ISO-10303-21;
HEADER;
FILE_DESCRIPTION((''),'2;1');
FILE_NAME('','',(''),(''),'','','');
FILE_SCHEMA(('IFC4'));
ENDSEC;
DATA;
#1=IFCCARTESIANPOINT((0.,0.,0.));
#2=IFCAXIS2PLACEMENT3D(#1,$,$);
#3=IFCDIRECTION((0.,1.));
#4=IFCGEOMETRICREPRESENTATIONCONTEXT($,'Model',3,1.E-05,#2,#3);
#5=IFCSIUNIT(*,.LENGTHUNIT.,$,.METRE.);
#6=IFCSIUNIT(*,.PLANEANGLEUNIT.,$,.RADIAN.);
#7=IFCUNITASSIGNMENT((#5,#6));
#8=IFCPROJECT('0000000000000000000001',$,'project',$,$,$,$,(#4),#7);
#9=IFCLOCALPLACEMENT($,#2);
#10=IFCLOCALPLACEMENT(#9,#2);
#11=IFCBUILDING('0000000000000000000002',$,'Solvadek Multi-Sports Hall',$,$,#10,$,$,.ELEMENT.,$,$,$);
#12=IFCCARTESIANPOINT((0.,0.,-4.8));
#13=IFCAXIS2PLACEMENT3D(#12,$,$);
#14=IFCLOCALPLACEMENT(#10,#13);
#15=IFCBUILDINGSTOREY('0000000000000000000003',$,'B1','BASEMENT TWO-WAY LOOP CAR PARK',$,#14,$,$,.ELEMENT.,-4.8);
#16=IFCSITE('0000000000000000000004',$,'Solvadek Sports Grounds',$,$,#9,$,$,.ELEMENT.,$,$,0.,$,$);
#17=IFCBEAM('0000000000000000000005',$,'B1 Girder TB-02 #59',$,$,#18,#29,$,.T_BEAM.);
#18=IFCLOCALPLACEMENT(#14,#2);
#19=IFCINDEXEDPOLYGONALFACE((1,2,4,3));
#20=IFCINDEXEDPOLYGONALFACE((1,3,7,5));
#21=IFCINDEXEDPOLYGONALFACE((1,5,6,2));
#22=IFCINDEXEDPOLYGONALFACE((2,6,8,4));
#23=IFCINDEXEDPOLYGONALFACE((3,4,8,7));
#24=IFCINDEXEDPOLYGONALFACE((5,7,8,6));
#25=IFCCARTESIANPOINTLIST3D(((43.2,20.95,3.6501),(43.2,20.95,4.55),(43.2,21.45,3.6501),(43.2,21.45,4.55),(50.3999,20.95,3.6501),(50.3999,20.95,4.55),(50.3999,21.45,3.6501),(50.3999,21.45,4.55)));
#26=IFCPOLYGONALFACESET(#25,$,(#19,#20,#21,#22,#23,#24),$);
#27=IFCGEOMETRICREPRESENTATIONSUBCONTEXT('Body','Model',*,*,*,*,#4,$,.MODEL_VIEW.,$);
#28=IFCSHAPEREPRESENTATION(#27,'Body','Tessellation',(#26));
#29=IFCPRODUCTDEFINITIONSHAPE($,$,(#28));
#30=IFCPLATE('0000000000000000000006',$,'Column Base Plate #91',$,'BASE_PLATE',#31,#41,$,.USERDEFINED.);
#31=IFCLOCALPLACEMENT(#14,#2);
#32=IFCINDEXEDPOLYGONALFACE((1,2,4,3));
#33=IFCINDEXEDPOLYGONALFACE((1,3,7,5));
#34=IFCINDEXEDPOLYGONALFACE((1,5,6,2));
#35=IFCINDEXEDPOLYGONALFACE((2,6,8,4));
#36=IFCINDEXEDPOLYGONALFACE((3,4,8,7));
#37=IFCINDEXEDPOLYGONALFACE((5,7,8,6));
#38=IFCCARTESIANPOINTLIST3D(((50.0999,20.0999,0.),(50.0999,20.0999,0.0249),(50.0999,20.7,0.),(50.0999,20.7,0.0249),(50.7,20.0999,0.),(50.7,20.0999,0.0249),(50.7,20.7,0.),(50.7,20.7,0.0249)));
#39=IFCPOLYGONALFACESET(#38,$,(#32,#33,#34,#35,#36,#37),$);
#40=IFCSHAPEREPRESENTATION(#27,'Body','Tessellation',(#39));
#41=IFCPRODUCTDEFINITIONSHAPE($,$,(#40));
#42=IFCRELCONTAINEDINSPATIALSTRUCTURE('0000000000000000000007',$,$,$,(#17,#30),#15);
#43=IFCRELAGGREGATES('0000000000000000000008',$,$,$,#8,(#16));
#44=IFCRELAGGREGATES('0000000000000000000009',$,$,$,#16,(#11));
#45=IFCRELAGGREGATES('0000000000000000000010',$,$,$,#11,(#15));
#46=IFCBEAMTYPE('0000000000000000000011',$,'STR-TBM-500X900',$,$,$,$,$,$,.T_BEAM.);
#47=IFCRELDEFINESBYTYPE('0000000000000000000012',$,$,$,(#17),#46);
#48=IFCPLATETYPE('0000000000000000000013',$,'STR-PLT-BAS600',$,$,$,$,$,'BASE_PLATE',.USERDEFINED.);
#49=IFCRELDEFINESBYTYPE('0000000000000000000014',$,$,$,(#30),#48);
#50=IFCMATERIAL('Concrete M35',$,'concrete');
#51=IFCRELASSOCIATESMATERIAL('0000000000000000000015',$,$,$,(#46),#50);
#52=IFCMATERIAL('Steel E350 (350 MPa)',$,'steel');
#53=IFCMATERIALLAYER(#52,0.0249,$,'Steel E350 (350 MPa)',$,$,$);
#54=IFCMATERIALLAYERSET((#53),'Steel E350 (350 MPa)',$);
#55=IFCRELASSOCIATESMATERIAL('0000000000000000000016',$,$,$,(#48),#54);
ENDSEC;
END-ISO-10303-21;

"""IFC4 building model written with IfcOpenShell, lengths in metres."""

from ifc_helpers import new_model, si_unit, direction, frame, origin, origin_2d, place, context, subcontext, project, spatial, rectangle, extrude, material, layer, layer_set, material_profile, profile_set, type_object, element, save


model = new_model("IFC4")

# Units and contexts
model_context = context("Model", 3, precision=1e-05, world=origin(), true_north=direction((0.0, 1.0)))
body_context = subcontext(model_context, "Body", "Model", "MODEL_VIEW")
ifc_project = project(units=[si_unit("LENGTHUNIT", "METRE"), si_unit("PLANEANGLEUNIT", "RADIAN")], contexts=[model_context])

# Site, building, storey
site_placement = place(None, origin())
site = spatial("IfcSite", under=ifc_project, at=site_placement, Name="Solvadek Sports Grounds", CompositionType="ELEMENT", RefElevation=0.0)
building_placement = place(site_placement, origin())
building = spatial("IfcBuilding", under=site, at=building_placement, Name="Solvadek Multi-Sports Hall", CompositionType="ELEMENT")
storey_placement = place(building_placement, frame((0.0, 0.0, -4.8)))
storey = spatial("IfcBuildingStorey", under=building, at=storey_placement, Name="B1", Description="BASEMENT TWO-WAY LOOP CAR PARK", CompositionType="ELEMENT", Elevation=-4.8)

# Shared definitions
ifc_material_1 = material(Name="Concrete M35", Category="concrete")

# Shared definitions
ifc_material_2 = material(Name="Steel E350 (350 MPa)", Category="steel")

# Beam
ifc_material_profile_1 = material_profile(ifc_material_1, rectangle(XDim=0.5, YDim=0.8999, at=origin_2d()), Name="RC T-BEAM 500x900")
ifc_profile_set_1 = profile_set([ifc_material_profile_1], Name="Concrete M35")
beam_type_1 = type_object("IfcBeamType", Name="STR-TBM-500X900", PredefinedType="T_BEAM", material=ifc_profile_set_1)
beam_1_placement = place(storey_placement, frame((43.2, 21.2, 4.1001), z_axis=(1.0, 0.0, 0.0), x_axis=(0.0, 1.0, 0.0)))
element("IfcBeam", 1, at=beam_1_placement, inside=storey, type_object=beam_type_1, Name="B1 Girder TB-02 #59", PredefinedType="T_BEAM", context=body_context, shape_type="SweptSolid", body=[
    extrude(rectangle(XDim=0.5, YDim=0.8999, at=origin_2d()), origin(), (0.0, 0.0, 1.0), 7.2),
])

# Plate
ifc_layer = layer(ifc_material_2, 0.0249, Name="Steel E350 (350 MPa)")
ifc_layer_set = layer_set([ifc_layer], Name="Steel E350 (350 MPa)")
plate_type = type_object("IfcPlateType", Name="STR-PLT-BAS600", ElementType="BASE_PLATE", PredefinedType="USERDEFINED", material=ifc_layer_set)
plate_placement = place(storey_placement, frame((50.3999, 20.3999, 0.0), z_axis=(0.0, 0.0, 1.0), x_axis=(1.0, 0.0, 0.0)))
element("IfcPlate", 2, at=plate_placement, inside=storey, type_object=plate_type, Name="Column Base Plate #91", ObjectType="BASE_PLATE", PredefinedType="USERDEFINED", context=body_context, shape_type="SweptSolid", body=[
    extrude(rectangle(XDim=0.6001, YDim=0.6001, at=origin_2d()), origin(), (0.0, 0.0, 1.0), 0.0249),
])

save(model, "model.ifc")
